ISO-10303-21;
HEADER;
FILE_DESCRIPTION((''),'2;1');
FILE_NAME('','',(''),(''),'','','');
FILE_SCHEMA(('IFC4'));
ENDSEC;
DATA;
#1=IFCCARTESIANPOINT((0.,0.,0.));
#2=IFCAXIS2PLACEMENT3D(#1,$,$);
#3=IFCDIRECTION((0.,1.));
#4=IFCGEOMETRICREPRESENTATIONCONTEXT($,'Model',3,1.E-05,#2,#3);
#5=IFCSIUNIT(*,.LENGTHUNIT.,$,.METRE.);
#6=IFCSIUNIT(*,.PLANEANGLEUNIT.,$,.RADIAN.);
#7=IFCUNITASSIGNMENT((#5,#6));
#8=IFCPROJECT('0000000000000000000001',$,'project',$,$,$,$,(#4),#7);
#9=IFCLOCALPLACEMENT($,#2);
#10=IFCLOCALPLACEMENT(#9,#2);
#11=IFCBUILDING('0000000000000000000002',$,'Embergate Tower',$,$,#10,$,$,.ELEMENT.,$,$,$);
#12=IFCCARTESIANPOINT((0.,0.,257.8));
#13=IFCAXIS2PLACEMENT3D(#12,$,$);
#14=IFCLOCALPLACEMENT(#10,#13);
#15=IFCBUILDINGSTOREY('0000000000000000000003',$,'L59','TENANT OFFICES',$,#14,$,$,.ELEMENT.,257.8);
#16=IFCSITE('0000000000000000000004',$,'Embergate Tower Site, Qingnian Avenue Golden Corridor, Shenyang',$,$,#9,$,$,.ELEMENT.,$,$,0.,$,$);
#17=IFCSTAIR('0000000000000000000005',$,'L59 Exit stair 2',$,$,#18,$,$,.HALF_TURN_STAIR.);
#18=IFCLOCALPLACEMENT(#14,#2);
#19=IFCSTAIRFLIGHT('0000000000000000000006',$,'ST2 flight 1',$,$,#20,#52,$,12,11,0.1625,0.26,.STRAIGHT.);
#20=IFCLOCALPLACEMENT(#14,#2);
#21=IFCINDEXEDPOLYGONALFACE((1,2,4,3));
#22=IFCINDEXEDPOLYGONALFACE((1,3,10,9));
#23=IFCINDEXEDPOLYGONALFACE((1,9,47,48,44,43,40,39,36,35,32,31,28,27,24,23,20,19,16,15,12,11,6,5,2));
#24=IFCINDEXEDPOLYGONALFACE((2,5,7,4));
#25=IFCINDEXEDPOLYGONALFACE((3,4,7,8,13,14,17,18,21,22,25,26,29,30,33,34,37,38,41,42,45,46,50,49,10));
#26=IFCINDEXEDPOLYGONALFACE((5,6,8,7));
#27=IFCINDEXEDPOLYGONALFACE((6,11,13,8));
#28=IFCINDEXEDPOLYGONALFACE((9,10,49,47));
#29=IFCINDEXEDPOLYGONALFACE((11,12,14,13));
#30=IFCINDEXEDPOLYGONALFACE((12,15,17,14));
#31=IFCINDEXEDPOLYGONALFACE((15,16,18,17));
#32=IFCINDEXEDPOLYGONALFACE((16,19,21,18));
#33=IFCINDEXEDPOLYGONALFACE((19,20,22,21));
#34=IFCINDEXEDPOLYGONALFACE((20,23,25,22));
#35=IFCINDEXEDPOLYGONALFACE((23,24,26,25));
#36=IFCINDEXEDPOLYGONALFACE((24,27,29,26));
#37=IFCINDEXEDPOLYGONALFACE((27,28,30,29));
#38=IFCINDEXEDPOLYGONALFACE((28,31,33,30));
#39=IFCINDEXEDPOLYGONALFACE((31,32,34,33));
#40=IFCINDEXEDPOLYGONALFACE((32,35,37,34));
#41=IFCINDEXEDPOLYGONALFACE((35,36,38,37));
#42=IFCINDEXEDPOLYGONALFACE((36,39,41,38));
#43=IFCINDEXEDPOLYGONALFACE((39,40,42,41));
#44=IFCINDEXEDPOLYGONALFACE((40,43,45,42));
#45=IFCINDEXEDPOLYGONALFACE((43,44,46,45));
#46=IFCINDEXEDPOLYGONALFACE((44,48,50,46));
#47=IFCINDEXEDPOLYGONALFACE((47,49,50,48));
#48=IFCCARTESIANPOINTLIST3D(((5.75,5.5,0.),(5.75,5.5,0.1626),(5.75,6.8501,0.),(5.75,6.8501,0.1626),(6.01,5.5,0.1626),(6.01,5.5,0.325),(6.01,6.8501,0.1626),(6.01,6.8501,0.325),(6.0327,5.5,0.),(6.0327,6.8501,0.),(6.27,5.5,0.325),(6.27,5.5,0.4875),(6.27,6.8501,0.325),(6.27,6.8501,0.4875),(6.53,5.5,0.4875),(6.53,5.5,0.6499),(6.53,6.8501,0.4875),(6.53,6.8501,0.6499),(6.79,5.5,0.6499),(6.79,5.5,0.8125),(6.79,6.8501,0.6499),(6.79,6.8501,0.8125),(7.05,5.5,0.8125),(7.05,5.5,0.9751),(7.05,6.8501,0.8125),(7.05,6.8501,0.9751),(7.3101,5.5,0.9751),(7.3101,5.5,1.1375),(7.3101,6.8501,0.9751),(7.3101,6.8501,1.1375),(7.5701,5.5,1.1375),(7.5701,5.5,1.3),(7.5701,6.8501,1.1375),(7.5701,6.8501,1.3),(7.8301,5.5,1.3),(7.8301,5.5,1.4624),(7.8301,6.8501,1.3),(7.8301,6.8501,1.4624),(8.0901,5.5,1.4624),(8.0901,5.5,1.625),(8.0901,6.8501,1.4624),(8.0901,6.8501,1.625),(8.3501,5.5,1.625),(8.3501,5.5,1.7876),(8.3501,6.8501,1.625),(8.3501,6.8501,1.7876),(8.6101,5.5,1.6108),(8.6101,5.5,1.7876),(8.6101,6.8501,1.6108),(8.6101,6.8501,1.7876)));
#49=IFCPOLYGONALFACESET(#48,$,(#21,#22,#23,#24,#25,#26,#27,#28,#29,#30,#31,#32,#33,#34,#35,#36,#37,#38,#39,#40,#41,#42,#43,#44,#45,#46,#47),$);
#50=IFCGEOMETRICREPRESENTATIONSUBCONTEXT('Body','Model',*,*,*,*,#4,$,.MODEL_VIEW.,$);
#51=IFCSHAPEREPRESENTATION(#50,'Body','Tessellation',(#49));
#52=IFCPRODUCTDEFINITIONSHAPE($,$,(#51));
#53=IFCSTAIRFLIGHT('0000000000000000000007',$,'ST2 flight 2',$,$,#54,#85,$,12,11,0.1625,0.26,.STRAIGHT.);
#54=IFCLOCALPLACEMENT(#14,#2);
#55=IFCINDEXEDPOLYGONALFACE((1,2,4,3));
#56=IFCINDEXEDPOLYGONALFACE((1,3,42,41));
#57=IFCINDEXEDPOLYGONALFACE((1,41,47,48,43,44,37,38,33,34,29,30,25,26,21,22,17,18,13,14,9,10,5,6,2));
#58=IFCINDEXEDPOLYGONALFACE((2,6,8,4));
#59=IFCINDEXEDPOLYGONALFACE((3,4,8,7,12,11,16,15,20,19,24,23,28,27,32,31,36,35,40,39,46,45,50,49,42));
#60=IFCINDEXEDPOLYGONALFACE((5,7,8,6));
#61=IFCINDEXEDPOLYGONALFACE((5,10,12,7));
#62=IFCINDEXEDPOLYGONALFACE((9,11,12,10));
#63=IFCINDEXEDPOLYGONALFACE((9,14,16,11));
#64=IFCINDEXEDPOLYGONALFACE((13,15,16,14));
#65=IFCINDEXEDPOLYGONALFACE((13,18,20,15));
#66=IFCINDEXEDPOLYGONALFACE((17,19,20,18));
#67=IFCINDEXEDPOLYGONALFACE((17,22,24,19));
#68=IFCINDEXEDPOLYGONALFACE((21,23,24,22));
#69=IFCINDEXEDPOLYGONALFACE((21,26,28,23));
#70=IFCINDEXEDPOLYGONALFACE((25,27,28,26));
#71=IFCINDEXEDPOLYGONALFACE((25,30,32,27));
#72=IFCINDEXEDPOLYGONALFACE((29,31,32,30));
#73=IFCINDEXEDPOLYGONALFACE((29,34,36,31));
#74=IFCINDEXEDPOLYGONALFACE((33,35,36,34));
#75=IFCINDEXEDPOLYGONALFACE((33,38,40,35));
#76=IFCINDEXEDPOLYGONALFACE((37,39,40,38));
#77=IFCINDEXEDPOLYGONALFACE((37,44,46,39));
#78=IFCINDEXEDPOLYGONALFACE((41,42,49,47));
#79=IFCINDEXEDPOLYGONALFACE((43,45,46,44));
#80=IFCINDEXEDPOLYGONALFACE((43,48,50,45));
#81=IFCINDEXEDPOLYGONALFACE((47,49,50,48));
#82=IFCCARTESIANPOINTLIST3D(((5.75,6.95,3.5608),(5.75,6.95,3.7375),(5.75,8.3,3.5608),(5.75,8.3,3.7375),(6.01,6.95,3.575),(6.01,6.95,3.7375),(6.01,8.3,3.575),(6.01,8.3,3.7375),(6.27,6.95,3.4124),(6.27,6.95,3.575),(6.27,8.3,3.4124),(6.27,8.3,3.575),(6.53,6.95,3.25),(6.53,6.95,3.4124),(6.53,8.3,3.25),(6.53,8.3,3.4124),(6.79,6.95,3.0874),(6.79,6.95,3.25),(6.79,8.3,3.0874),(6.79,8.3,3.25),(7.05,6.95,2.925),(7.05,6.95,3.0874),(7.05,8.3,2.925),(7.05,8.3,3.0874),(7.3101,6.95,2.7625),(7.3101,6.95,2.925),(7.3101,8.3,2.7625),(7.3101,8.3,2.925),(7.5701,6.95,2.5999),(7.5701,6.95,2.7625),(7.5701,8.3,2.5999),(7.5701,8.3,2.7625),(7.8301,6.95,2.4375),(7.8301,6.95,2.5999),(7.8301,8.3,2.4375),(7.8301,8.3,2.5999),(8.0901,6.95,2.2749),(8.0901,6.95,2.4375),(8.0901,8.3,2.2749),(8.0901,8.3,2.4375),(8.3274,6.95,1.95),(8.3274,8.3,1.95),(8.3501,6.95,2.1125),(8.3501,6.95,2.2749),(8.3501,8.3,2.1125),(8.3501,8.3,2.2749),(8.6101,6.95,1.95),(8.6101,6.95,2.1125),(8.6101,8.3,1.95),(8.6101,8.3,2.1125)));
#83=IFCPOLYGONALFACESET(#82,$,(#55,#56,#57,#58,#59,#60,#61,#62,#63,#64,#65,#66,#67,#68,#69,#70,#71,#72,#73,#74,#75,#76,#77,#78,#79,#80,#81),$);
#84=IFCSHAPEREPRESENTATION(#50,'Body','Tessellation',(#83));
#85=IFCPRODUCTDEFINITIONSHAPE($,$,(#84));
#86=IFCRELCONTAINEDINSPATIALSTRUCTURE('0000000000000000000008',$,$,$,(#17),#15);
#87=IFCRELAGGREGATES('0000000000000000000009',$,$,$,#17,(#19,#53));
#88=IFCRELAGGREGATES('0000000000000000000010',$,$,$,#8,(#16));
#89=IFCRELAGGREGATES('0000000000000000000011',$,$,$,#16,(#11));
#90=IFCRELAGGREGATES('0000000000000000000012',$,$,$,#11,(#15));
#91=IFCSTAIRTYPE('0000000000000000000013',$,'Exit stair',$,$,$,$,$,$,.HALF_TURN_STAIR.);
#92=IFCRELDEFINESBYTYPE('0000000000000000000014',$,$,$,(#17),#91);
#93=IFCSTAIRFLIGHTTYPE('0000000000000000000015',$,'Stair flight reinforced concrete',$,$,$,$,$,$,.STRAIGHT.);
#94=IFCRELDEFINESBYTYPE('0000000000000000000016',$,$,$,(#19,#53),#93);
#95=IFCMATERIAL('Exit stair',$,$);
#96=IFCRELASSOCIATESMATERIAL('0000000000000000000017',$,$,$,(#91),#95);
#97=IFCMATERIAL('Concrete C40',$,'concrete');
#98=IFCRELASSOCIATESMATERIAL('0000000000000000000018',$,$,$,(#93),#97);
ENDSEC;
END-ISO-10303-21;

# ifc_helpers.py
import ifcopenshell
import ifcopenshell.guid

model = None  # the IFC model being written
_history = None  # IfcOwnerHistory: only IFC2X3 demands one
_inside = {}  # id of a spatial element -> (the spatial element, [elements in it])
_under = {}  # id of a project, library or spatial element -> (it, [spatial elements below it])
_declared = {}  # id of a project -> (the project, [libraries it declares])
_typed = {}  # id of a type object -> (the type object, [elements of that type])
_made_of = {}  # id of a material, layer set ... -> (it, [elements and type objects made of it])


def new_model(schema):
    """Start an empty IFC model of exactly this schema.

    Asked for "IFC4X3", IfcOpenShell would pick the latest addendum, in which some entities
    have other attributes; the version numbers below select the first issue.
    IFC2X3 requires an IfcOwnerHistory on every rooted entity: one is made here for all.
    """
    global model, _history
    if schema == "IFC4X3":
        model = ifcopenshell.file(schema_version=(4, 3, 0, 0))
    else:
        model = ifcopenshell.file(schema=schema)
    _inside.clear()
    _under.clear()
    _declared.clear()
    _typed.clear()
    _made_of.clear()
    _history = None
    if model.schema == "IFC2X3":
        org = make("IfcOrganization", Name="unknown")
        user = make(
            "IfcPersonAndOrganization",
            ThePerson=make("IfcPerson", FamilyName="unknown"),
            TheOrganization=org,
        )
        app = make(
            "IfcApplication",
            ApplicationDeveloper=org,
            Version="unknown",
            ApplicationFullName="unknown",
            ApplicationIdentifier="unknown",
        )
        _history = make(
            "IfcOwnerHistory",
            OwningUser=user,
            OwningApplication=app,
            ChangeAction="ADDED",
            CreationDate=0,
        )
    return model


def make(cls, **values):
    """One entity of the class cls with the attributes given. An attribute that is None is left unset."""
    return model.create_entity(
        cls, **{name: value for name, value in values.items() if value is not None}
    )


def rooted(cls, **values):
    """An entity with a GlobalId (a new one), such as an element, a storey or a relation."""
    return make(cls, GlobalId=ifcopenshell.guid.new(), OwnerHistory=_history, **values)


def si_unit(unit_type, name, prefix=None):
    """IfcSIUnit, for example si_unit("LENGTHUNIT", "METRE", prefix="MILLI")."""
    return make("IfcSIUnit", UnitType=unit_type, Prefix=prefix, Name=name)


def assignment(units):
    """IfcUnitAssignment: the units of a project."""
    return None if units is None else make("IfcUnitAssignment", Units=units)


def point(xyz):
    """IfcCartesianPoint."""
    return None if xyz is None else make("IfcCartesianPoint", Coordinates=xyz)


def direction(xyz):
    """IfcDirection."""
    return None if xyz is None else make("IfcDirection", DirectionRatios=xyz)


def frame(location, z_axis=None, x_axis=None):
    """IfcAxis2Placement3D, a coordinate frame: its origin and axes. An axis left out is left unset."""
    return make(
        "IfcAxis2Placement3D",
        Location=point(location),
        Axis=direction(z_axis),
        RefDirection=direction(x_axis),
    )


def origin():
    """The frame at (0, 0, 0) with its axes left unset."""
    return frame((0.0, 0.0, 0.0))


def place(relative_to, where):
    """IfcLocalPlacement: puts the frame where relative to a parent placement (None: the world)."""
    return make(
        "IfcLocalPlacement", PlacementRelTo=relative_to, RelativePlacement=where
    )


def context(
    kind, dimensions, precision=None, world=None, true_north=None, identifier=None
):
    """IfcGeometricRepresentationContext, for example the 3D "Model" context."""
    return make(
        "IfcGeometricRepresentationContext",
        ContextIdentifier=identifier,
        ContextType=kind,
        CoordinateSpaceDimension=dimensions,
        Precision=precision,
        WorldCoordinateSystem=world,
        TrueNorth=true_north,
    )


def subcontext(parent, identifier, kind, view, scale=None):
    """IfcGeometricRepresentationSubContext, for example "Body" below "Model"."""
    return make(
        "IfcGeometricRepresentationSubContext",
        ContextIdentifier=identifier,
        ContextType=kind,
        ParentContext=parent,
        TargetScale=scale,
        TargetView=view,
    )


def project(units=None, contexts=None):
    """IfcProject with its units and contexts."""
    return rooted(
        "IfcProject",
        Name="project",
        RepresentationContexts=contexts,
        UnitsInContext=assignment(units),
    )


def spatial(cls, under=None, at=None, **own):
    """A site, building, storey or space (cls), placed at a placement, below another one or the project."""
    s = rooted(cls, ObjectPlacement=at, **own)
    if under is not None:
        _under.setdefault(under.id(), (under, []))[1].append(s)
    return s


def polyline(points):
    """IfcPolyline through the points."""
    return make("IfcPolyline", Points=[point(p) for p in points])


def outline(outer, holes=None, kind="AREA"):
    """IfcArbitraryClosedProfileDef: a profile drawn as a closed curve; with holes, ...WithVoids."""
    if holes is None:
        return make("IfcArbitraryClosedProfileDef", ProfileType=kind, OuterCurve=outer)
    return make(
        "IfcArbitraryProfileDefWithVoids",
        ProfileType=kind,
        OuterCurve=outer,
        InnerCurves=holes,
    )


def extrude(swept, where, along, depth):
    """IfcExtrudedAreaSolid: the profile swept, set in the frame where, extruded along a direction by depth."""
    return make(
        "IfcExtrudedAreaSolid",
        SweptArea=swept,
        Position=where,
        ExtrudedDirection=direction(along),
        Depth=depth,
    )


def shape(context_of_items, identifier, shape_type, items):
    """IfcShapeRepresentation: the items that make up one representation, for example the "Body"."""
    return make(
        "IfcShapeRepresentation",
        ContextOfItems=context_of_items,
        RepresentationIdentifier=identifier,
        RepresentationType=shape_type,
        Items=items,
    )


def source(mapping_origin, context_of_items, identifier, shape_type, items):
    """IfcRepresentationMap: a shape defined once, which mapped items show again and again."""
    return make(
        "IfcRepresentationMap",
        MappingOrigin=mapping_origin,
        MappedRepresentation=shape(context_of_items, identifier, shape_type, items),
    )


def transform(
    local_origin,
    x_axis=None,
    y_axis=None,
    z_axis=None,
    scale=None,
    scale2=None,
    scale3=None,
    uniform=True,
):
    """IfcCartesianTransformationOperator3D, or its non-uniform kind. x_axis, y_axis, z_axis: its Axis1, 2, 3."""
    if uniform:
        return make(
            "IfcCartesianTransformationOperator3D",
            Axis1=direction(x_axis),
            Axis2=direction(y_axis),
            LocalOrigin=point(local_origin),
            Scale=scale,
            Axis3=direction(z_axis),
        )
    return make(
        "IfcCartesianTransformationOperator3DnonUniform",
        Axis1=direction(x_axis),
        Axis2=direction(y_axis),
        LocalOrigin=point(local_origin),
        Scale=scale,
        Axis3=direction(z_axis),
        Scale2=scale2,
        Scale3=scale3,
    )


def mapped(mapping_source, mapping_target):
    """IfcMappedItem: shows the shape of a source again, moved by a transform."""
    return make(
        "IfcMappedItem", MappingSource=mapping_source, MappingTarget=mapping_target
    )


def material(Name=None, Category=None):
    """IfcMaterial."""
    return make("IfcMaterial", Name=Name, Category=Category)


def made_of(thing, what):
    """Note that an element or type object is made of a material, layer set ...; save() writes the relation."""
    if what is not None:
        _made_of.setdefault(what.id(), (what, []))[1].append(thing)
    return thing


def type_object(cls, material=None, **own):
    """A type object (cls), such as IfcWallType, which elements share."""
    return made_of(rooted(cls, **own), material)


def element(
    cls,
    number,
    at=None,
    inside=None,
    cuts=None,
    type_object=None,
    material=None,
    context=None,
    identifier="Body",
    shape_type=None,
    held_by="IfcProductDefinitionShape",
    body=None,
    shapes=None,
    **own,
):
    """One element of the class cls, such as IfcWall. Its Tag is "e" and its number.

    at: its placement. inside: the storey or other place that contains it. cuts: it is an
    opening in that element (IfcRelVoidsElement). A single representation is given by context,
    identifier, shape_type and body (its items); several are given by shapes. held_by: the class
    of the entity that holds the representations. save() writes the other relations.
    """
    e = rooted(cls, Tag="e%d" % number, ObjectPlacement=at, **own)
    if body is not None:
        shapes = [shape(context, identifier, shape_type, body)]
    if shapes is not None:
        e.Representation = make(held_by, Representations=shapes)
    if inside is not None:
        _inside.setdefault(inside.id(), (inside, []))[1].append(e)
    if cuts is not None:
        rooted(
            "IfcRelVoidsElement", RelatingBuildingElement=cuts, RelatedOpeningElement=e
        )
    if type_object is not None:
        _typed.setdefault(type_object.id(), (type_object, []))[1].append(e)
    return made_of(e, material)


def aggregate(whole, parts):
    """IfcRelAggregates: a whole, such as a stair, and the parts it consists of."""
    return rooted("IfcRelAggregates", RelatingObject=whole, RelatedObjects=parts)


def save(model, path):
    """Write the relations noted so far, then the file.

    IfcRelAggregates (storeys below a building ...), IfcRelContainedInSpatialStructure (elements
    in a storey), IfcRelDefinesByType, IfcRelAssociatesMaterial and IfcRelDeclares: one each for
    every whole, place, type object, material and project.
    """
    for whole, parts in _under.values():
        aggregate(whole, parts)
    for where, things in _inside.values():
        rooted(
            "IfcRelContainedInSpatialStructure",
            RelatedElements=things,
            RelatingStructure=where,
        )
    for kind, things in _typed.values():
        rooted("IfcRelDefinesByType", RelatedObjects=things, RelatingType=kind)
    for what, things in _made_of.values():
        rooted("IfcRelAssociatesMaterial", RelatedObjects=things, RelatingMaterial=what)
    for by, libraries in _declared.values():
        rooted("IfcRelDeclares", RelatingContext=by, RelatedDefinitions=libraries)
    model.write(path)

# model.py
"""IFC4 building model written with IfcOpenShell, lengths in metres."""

from ifc_helpers import new_model, si_unit, direction, frame, origin, place, context, subcontext, project, spatial, polyline, outline, extrude, source, transform, mapped, material, type_object, element, aggregate, save


model = new_model("IFC4")

# Units and contexts
model_context = context("Model", 3, precision=1e-05, world=origin(), true_north=direction((0.0, 1.0)))
body_context = subcontext(model_context, "Body", "Model", "MODEL_VIEW")
ifc_project = project(units=[si_unit("LENGTHUNIT", "METRE"), si_unit("PLANEANGLEUNIT", "RADIAN")], contexts=[model_context])

# Site, building, storey
site_placement = place(None, origin())
site = spatial("IfcSite", under=ifc_project, at=site_placement, Name="Embergate Tower Site, Qingnian Avenue Golden Corridor, Shenyang", CompositionType="ELEMENT", RefElevation=0.0)
building_placement = place(site_placement, origin())
building = spatial("IfcBuilding", under=site, at=building_placement, Name="Embergate Tower", CompositionType="ELEMENT")
storey_placement = place(building_placement, frame((0.0, 0.0, 257.8)))
storey = spatial("IfcBuildingStorey", under=building, at=storey_placement, Name="L59", Description="TENANT OFFICES", CompositionType="ELEMENT", Elevation=257.8)

# Stair, stair flights
ifc_material_1 = material(Name="Exit stair")
stair_type = type_object("IfcStairType", Name="Exit stair", PredefinedType="HALF_TURN_STAIR", material=ifc_material_1)
stair_placement = place(storey_placement, origin())
stair = element("IfcStair", 1, at=stair_placement, inside=storey, type_object=stair_type, Name="L59 Exit stair 2", PredefinedType="HALF_TURN_STAIR")
ifc_material_2 = material(Name="Concrete C40", Category="concrete")
stair_flight_type = type_object("IfcStairFlightType", Name="Stair flight reinforced concrete", PredefinedType="STRAIGHT", material=ifc_material_2)
shared_shape_1 = source(origin(), body_context, "Body", "SweptSolid", [
    extrude(outline(polyline([(0.0, 0.0), (0.0, 0.1626), (0.26, 0.1626), (0.26, 0.325), (0.52, 0.325), (0.52, 0.4875), (0.78, 0.4875), (0.78, 0.6499), (1.04, 0.6499), (1.04, 0.8125), (1.3, 0.8125), (1.3, 0.9751), (1.5601, 0.9751), (1.5601, 1.1375), (1.8201, 1.1375), (1.8201, 1.3), (2.0801, 1.3), (2.0801, 1.4624), (2.3401, 1.4624), (2.3401, 1.625), (2.6001, 1.625), (2.6001, 1.7876), (2.8601, 1.7876), (2.8601, 1.95), (2.8601, 1.6108), (0.2827, 0.0), (0.0, 0.0)])), frame((0.0, 0.675, 0.0), z_axis=(0.0, -1.0, 0.0), x_axis=(1.0, 0.0, 0.0)), (0.0, 0.0, 1.0), 1.3501),
])
stair_flight_1_placement = place(storey_placement, frame((5.75, 6.175, 0.0), z_axis=(0.0, 0.0, 1.0), x_axis=(1.0, 0.0, 0.0)))
stair_flight_1 = element("IfcStairFlight", 2, at=stair_flight_1_placement, type_object=stair_flight_type, Name="ST2 flight 1", NumberOfRisers=12, NumberOfTreads=11, PredefinedType="STRAIGHT", RiserHeight=0.1625, TreadLength=0.26, context=body_context, shape_type="MappedRepresentation", body=[
    mapped(shared_shape_1, transform((0.0, 0.0, 0.0))),
])
stair_flight_2_placement = place(storey_placement, frame((8.6101, 7.625, 1.95), z_axis=(0.0, 0.0, 1.0), x_axis=(-1.0, 0.0, 0.0)))
stair_flight_2 = element("IfcStairFlight", 3, at=stair_flight_2_placement, type_object=stair_flight_type, Name="ST2 flight 2", NumberOfRisers=12, NumberOfTreads=11, PredefinedType="STRAIGHT", RiserHeight=0.1625, TreadLength=0.26, context=body_context, shape_type="MappedRepresentation", body=[
    mapped(shared_shape_1, transform((0.0, 0.0, 0.0))),
])
aggregate(stair, [stair_flight_1, stair_flight_2])

save(model, "model.ifc")
